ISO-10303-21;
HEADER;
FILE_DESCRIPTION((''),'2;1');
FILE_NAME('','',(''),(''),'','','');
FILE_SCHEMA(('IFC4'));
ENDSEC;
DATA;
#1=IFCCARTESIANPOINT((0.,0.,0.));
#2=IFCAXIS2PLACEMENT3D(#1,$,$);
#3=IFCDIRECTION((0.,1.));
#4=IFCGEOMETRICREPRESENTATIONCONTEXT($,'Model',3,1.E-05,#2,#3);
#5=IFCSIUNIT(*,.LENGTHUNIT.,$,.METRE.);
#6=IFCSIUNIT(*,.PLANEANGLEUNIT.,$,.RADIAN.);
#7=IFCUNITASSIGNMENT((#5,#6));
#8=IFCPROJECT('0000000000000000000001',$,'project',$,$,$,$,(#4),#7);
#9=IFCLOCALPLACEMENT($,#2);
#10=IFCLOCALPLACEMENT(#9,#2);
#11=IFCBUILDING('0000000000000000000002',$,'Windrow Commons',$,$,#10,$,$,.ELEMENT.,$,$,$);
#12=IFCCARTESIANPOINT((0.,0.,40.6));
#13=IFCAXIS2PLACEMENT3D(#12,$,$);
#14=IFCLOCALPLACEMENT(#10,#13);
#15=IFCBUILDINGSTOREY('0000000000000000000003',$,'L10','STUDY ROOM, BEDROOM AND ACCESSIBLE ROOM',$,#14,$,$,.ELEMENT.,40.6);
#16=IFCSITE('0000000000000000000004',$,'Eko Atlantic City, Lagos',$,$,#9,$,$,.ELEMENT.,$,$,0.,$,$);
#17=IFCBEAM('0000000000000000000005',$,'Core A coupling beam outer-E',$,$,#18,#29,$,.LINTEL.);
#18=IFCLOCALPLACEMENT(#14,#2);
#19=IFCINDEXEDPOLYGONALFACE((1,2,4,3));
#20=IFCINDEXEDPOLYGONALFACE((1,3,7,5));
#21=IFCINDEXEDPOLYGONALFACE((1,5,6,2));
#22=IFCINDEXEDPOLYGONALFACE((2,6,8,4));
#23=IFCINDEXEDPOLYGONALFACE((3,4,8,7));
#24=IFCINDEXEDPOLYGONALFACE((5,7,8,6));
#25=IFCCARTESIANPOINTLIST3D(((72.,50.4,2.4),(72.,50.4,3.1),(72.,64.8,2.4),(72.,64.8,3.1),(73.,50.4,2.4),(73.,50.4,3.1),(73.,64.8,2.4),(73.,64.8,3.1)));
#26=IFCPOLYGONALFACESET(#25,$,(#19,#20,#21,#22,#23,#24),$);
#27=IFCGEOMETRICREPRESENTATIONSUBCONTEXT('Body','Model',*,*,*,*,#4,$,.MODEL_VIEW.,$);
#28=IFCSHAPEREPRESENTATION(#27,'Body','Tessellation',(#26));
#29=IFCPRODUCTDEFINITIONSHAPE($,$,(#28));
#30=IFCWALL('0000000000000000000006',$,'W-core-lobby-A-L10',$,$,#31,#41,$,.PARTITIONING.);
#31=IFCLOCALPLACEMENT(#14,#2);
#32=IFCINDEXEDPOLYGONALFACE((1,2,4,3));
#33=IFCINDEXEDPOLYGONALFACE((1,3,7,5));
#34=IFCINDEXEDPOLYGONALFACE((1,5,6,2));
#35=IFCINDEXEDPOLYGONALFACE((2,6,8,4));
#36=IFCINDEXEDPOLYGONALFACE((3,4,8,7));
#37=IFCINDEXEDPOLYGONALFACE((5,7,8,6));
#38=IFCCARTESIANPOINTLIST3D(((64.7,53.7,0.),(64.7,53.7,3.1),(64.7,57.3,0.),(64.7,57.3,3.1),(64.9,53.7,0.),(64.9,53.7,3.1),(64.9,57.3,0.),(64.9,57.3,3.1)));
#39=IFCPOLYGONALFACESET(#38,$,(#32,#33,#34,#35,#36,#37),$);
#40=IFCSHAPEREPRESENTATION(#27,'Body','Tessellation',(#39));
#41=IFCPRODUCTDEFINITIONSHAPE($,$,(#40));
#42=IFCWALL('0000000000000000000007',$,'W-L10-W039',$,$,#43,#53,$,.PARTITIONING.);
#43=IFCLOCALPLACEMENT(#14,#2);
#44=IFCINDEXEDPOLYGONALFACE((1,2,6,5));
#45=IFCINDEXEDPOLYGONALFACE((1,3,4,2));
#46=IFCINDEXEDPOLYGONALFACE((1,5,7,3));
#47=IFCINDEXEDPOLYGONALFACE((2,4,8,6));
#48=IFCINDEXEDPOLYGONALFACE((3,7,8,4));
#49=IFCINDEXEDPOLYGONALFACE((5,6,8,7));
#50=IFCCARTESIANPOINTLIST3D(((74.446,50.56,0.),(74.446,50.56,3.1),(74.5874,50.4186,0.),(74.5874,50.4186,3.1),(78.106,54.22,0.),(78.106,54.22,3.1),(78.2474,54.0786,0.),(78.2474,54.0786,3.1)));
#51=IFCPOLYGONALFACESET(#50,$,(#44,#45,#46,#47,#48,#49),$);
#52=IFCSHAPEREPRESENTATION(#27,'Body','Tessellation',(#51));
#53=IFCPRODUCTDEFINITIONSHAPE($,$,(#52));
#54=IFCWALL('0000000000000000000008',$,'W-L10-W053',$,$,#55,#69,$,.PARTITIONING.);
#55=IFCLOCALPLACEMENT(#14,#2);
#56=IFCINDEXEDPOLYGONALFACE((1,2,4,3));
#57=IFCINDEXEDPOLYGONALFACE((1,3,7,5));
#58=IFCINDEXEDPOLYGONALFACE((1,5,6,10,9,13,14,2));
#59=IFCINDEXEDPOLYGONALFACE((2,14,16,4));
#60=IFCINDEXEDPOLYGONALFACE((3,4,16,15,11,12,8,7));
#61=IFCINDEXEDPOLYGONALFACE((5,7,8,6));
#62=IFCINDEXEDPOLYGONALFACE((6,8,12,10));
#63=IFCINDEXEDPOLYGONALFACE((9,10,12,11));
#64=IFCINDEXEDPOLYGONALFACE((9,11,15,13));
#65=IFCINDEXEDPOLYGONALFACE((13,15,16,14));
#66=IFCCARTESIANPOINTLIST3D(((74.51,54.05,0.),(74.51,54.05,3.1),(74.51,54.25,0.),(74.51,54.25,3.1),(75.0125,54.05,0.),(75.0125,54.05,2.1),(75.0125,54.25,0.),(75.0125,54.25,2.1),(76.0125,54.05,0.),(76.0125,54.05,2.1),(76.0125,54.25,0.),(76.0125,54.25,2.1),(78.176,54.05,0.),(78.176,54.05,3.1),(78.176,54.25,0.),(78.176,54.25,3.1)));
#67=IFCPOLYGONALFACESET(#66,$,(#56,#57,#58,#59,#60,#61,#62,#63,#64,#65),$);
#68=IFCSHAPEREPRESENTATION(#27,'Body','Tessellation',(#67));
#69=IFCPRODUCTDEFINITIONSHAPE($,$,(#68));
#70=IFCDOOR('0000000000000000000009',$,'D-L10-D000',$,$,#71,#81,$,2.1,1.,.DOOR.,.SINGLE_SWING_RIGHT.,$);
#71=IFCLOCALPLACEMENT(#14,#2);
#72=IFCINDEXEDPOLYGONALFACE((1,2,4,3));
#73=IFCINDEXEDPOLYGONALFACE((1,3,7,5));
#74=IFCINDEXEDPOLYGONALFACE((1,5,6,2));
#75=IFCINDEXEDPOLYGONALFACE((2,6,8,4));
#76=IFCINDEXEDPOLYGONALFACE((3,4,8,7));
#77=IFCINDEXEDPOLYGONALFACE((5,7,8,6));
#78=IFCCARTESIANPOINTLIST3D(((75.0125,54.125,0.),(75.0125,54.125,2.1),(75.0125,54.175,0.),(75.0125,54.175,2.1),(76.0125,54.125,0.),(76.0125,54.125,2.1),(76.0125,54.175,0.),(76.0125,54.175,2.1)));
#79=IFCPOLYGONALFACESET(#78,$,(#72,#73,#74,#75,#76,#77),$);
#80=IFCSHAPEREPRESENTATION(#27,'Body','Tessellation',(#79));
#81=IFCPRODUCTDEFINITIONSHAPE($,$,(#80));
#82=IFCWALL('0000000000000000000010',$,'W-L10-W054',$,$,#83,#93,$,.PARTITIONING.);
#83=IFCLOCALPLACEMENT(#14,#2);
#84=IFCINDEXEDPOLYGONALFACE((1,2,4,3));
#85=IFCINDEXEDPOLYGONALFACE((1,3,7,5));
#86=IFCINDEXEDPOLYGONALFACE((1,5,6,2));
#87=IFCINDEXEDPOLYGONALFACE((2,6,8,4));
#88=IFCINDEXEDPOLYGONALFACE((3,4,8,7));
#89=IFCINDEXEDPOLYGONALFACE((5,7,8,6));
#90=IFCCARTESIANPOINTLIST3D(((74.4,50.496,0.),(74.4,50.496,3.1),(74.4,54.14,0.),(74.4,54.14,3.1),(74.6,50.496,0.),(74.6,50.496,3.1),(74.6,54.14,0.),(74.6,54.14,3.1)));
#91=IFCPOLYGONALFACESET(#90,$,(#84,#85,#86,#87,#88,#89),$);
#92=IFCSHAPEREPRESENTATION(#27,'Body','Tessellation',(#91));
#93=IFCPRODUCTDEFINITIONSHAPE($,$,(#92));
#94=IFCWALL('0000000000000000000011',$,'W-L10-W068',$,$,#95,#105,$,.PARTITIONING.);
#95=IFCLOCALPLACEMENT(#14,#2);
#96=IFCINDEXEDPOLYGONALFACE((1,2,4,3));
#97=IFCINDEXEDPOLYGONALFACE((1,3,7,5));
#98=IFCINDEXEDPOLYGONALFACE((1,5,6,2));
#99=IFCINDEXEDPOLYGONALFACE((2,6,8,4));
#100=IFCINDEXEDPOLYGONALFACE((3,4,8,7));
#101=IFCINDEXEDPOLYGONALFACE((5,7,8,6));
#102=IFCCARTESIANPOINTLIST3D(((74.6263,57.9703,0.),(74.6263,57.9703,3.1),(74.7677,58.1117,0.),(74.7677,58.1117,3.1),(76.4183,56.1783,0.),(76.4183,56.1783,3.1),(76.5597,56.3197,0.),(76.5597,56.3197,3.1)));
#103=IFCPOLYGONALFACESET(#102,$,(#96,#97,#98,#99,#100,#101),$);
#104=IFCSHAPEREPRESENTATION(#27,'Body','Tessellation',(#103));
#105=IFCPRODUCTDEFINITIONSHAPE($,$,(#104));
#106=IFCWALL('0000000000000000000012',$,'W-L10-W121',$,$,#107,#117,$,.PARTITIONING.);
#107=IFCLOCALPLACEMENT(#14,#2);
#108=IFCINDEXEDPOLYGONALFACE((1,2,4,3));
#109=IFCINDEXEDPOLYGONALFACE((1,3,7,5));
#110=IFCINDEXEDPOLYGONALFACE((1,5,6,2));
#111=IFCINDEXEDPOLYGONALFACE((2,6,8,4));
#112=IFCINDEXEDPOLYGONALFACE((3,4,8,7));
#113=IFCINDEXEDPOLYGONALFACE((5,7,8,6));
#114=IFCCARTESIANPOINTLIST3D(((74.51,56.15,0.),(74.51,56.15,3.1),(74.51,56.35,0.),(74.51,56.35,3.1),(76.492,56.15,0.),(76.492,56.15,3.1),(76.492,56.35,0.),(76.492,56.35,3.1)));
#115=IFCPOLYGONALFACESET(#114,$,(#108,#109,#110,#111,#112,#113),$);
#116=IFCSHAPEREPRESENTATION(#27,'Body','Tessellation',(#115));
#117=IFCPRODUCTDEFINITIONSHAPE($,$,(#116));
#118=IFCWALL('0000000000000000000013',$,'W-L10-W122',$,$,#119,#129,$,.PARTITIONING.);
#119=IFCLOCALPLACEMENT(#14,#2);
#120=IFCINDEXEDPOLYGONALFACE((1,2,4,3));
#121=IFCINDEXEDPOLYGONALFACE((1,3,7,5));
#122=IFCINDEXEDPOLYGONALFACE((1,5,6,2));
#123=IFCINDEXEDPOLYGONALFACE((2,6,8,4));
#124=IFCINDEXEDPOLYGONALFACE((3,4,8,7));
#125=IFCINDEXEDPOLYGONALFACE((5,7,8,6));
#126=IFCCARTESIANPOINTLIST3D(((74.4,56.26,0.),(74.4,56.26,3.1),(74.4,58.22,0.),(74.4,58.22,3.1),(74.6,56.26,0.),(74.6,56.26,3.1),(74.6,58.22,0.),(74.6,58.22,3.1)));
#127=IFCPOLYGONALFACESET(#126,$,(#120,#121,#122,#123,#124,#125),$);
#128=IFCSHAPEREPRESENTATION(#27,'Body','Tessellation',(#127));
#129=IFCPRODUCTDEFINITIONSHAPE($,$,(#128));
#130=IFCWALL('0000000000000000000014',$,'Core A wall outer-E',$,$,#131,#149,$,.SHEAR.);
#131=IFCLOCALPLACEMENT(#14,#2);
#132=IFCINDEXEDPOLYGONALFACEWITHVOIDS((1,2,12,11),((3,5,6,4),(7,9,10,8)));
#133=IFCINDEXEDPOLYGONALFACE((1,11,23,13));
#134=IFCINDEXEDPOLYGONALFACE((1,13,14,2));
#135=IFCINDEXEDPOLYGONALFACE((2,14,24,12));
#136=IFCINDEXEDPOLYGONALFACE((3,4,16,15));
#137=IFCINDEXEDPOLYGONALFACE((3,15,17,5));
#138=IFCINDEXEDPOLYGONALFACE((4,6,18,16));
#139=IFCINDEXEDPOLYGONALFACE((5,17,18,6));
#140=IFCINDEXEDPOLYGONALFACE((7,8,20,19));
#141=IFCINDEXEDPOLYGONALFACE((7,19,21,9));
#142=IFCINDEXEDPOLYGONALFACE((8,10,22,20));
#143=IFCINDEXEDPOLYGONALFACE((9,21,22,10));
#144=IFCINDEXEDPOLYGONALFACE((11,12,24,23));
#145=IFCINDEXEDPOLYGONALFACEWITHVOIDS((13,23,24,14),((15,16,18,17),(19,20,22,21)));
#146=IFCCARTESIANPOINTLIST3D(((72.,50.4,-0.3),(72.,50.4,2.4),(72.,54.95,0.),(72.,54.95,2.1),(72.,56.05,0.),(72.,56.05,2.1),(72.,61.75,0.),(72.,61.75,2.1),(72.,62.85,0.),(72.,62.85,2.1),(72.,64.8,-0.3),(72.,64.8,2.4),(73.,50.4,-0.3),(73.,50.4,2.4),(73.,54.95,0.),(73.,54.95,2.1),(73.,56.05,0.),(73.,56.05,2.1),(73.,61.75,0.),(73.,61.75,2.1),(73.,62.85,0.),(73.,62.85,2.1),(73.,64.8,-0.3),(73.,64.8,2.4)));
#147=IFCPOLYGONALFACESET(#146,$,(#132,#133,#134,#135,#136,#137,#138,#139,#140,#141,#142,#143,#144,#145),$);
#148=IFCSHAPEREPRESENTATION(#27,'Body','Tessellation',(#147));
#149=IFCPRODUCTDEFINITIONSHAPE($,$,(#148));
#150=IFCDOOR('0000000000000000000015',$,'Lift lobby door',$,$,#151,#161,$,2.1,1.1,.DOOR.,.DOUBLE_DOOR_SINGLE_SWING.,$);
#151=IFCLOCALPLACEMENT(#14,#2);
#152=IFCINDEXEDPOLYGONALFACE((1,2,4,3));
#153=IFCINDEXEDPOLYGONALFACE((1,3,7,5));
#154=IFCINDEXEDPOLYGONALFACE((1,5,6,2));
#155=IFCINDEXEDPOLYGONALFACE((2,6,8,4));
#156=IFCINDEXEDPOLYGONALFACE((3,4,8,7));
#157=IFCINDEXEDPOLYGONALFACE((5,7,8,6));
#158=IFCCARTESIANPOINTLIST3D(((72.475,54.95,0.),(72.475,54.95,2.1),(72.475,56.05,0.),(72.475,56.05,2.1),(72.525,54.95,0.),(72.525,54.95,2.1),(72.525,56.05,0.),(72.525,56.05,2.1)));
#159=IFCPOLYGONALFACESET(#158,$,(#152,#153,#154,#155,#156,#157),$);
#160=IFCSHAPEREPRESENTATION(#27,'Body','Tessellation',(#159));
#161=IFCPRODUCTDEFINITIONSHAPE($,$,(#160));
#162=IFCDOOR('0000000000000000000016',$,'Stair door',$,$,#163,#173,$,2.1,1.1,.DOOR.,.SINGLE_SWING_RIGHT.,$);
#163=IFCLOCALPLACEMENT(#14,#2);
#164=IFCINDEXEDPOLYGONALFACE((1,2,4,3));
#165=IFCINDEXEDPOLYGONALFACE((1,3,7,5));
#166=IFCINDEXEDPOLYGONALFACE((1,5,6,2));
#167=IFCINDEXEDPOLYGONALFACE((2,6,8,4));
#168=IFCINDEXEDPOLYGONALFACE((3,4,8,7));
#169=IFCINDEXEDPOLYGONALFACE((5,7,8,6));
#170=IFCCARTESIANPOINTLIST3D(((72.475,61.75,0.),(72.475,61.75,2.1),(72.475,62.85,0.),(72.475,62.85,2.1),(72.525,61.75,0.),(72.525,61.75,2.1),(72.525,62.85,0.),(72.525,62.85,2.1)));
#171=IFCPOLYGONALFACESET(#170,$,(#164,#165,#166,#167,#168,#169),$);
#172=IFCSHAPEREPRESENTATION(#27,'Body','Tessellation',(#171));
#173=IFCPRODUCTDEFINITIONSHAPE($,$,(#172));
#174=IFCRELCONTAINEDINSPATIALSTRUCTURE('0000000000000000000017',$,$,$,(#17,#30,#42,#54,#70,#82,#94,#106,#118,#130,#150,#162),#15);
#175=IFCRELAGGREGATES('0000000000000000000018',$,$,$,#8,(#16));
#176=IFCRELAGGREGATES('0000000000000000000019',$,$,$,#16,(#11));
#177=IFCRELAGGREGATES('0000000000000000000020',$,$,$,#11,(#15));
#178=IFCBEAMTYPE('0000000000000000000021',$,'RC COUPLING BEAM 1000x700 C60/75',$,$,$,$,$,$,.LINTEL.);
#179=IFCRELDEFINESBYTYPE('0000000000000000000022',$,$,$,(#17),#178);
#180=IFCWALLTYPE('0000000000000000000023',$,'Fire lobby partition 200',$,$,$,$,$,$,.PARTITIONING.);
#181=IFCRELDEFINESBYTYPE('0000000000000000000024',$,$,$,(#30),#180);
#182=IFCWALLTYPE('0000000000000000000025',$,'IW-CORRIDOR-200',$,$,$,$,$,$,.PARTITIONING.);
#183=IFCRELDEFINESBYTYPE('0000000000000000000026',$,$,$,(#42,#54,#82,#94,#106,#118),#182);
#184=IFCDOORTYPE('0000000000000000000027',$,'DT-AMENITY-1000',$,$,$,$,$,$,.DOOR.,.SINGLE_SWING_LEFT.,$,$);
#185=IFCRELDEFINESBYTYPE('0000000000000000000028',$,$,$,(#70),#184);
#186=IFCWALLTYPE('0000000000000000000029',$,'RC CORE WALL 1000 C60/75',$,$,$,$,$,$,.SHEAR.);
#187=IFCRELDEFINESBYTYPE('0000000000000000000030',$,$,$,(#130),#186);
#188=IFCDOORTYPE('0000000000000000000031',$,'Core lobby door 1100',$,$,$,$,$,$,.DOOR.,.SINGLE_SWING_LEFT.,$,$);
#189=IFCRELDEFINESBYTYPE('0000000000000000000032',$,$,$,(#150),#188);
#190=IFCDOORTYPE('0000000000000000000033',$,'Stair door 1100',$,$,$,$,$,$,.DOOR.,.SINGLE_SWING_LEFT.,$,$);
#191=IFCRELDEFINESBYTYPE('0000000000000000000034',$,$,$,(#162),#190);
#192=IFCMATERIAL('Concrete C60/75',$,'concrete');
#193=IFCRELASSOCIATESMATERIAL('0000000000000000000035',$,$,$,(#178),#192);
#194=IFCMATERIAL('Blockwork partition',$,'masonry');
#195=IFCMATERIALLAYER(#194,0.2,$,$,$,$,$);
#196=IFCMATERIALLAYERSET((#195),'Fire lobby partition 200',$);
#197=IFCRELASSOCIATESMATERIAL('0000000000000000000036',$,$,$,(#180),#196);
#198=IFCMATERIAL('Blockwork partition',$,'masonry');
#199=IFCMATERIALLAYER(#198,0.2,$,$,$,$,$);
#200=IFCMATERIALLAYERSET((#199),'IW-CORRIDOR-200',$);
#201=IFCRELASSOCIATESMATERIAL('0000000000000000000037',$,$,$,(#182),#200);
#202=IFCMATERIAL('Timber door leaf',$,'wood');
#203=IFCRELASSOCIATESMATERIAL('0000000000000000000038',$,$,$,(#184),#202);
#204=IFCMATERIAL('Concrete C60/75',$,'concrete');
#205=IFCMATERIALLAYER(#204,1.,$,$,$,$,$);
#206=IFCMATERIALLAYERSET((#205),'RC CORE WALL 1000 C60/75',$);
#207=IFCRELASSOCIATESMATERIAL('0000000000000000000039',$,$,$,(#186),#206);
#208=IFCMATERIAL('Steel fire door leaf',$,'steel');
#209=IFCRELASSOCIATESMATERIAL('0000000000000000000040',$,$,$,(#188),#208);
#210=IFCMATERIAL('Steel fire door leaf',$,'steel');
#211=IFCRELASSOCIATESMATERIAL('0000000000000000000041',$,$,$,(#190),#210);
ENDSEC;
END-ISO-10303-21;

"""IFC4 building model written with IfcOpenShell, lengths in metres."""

from ifc_helpers import new_model, si_unit, direction, frame, frame_2d, origin, origin_2d, place, context, subcontext, project, spatial, rectangle, extrude, material, layer, layer_set, material_profile, profile_set, type_object, element, fill, save


model = new_model("IFC4")

# Units and contexts
model_context = context("Model", 3, precision=1e-05, world=origin(), true_north=direction((0.0, 1.0)))
body_context = subcontext(model_context, "Body", "Model", "MODEL_VIEW")
ifc_project = project(units=[si_unit("LENGTHUNIT", "METRE"), si_unit("PLANEANGLEUNIT", "RADIAN")], contexts=[model_context])

# Site, building, storey
site_placement = place(None, origin())
site = spatial("IfcSite", under=ifc_project, at=site_placement, Name="Eko Atlantic City, Lagos", CompositionType="ELEMENT", RefElevation=0.0)
building_placement = place(site_placement, origin())
building = spatial("IfcBuilding", under=site, at=building_placement, Name="Windrow Commons", CompositionType="ELEMENT")
storey_placement = place(building_placement, frame((0.0, 0.0, 40.6)))
storey = spatial("IfcBuildingStorey", under=building, at=storey_placement, Name="L10", Description="STUDY ROOM, BEDROOM AND ACCESSIBLE ROOM", CompositionType="ELEMENT", Elevation=40.6)

# Beam
ifc_material_1 = material(Name="Concrete C60/75", Category="concrete")
ifc_material_profile = material_profile(ifc_material_1, rectangle(XDim=1.0, YDim=0.7, at=origin_2d()))
ifc_profile_set = profile_set([ifc_material_profile], Name="Concrete C60/75")
beam_type = type_object("IfcBeamType", Name="RC COUPLING BEAM 1000x700 C60/75", PredefinedType="LINTEL", material=ifc_profile_set)
beam_placement = place(storey_placement, frame((72.5, 50.4, 2.75), z_axis=(0.0, 1.0, 0.0), x_axis=(-1.0, 0.0, 0.0)))
element("IfcBeam", 1, at=beam_placement, inside=storey, type_object=beam_type, Name="Core A coupling beam outer-E", PredefinedType="LINTEL", context=body_context, shape_type="SweptSolid", body=[
    extrude(rectangle(XDim=1.0, YDim=0.7, at=origin_2d()), origin(), (0.0, 0.0, 1.0), 14.4),
])

# Walls
ifc_material_2 = material(Name="Blockwork partition", Category="masonry")
ifc_layer_1 = layer(ifc_material_2, 0.2)
ifc_layer_set_1 = layer_set([ifc_layer_1], Name="Fire lobby partition 200")
wall_type_1 = type_object("IfcWallType", Name="Fire lobby partition 200", PredefinedType="PARTITIONING", material=ifc_layer_set_1)
wall_1_placement = place(storey_placement, frame((64.8, 53.7, 0.0), z_axis=(0.0, 0.0, 1.0), x_axis=(0.0, 1.0, 0.0)))
element("IfcWall", 2, at=wall_1_placement, inside=storey, type_object=wall_type_1, Name="W-core-lobby-A-L10", PredefinedType="PARTITIONING", context=body_context, shape_type="SweptSolid", body=[
    extrude(rectangle(XDim=3.6, YDim=0.2, at=frame_2d((1.8, 0.0))), origin(), (0.0, 0.0, 1.0), 3.1),
])
ifc_material_3 = material(Name="Blockwork partition", Category="masonry")
ifc_layer_2 = layer(ifc_material_3, 0.2)
ifc_layer_set_2 = layer_set([ifc_layer_2], Name="IW-CORRIDOR-200")
wall_type_2 = type_object("IfcWallType", Name="IW-CORRIDOR-200", PredefinedType="PARTITIONING", material=ifc_layer_set_2)
wall_2_placement = place(storey_placement, frame((74.5167, 50.4893, 0.0), z_axis=(0.0, 0.0, 1.0), x_axis=(0.707107, 0.707107, 0.0)))
element("IfcWall", 3, at=wall_2_placement, inside=storey, type_object=wall_type_2, Name="W-L10-W039", PredefinedType="PARTITIONING", context=body_context, shape_type="SweptSolid", body=[
    extrude(rectangle(XDim=5.176, YDim=0.2, at=frame_2d((2.588, 0.0))), origin(), (0.0, 0.0, 1.0), 3.1),
])

# Wall, opening, door
wall_3_placement = place(storey_placement, frame((74.51, 54.15, 0.0), z_axis=(0.0, 0.0, 1.0), x_axis=(1.0, 0.0, 0.0)))
wall_3 = element("IfcWall", 4, at=wall_3_placement, inside=storey, type_object=wall_type_2, Name="W-L10-W053", PredefinedType="PARTITIONING", context=body_context, shape_type="SweptSolid", body=[
    extrude(rectangle(XDim=3.666, YDim=0.2, at=frame_2d((1.833, 0.0))), origin(), (0.0, 0.0, 1.0), 3.1),
])
opening_1_placement = place(wall_3_placement, frame((0.5025, 0.0, 0.0)))
opening_1 = element("IfcOpeningElement", 5, at=opening_1_placement, cuts=wall_3, PredefinedType="OPENING", context=body_context, shape_type="SweptSolid", body=[
    extrude(rectangle(XDim=1.0, YDim=2.1, at=frame_2d((0.5, 1.05))), frame((0.0, 0.11, 0.0), z_axis=(0.0, -1.0, 0.0), x_axis=(1.0, 0.0, 0.0)), (0.0, 0.0, 1.0), 0.22),
])
ifc_material_4 = material(Name="Timber door leaf", Category="wood")
door_type_1 = type_object("IfcDoorType", Name="DT-AMENITY-1000", OperationType="SINGLE_SWING_LEFT", PredefinedType="DOOR", material=ifc_material_4)
door_1_placement = place(opening_1_placement, origin())
door_1 = element("IfcDoor", 6, at=door_1_placement, inside=storey, type_object=door_type_1, Name="D-L10-D000", OperationType="SINGLE_SWING_RIGHT", OverallHeight=2.1, OverallWidth=1.0, PredefinedType="DOOR", context=body_context, shape_type="SweptSolid", body=[
    extrude(rectangle(XDim=1.0, YDim=2.1, at=frame_2d((0.5, 1.05))), frame((0.0, 0.025, 0.0), z_axis=(0.0, -1.0, 0.0), x_axis=(1.0, 0.0, 0.0)), (0.0, 0.0, 1.0), 0.05),
])
fill(opening_1, door_1)

# Walls
wall_4_placement = place(storey_placement, frame((74.5, 50.496, 0.0), z_axis=(0.0, 0.0, 1.0), x_axis=(0.0, 1.0, 0.0)))
element("IfcWall", 7, at=wall_4_placement, inside=storey, type_object=wall_type_2, Name="W-L10-W054", PredefinedType="PARTITIONING", context=body_context, shape_type="SweptSolid", body=[
    extrude(rectangle(XDim=3.644, YDim=0.2, at=frame_2d((1.822, 0.0))), origin(), (0.0, 0.0, 1.0), 3.1),
])
wall_5_placement = place(storey_placement, frame((74.697, 58.041, 0.0), z_axis=(0.0, 0.0, 1.0), x_axis=(0.707107, -0.707107, 0.0)))
element("IfcWall", 8, at=wall_5_placement, inside=storey, type_object=wall_type_2, Name="W-L10-W068", PredefinedType="PARTITIONING", context=body_context, shape_type="SweptSolid", body=[
    extrude(rectangle(XDim=2.5343, YDim=0.2, at=frame_2d((1.2671, 0.0))), origin(), (0.0, 0.0, 1.0), 3.1),
])
wall_6_placement = place(storey_placement, frame((74.51, 56.25, 0.0), z_axis=(0.0, 0.0, 1.0), x_axis=(1.0, 0.0, 0.0)))
element("IfcWall", 9, at=wall_6_placement, inside=storey, type_object=wall_type_2, Name="W-L10-W121", PredefinedType="PARTITIONING", context=body_context, shape_type="SweptSolid", body=[
    extrude(rectangle(XDim=1.982, YDim=0.2, at=frame_2d((0.991, 0.0))), origin(), (0.0, 0.0, 1.0), 3.1),
])
wall_7_placement = place(storey_placement, frame((74.5, 56.26, 0.0), z_axis=(0.0, 0.0, 1.0), x_axis=(0.0, 1.0, 0.0)))
element("IfcWall", 10, at=wall_7_placement, inside=storey, type_object=wall_type_2, Name="W-L10-W122", PredefinedType="PARTITIONING", context=body_context, shape_type="SweptSolid", body=[
    extrude(rectangle(XDim=1.96, YDim=0.2, at=frame_2d((0.98, 0.0))), origin(), (0.0, 0.0, 1.0), 3.1),
])

# Wall, openings, doors
ifc_material_5 = material(Name="Concrete C60/75", Category="concrete")
ifc_layer_3 = layer(ifc_material_5, 1.0)
ifc_layer_set_3 = layer_set([ifc_layer_3], Name="RC CORE WALL 1000 C60/75")
wall_type_3 = type_object("IfcWallType", Name="RC CORE WALL 1000 C60/75", PredefinedType="SHEAR", material=ifc_layer_set_3)
wall_8_placement = place(storey_placement, frame((72.5, 50.4, -0.3), z_axis=(0.0, 0.0, 1.0), x_axis=(0.0, 1.0, 0.0)))
wall_8 = element("IfcWall", 11, at=wall_8_placement, inside=storey, type_object=wall_type_3, Name="Core A wall outer-E", PredefinedType="SHEAR", context=body_context, shape_type="SweptSolid", body=[
    extrude(rectangle(XDim=14.4, YDim=1.0, at=frame_2d((7.2, 0.0))), origin(), (0.0, 0.0, 1.0), 2.7),
])
opening_2_placement = place(wall_8_placement, frame((4.55, 0.0, 0.3)))
opening_2 = element("IfcOpeningElement", 12, at=opening_2_placement, cuts=wall_8, PredefinedType="OPENING", context=body_context, shape_type="SweptSolid", body=[
    extrude(rectangle(XDim=1.1, YDim=2.1, at=frame_2d((0.55, 1.05))), frame((0.0, 0.51, 0.0), z_axis=(0.0, -1.0, 0.0), x_axis=(1.0, 0.0, 0.0)), (0.0, 0.0, 1.0), 1.02),
])
opening_3_placement = place(wall_8_placement, frame((11.35, 0.0, 0.3)))
opening_3 = element("IfcOpeningElement", 13, at=opening_3_placement, cuts=wall_8, PredefinedType="OPENING", context=body_context, shape_type="SweptSolid", body=[
    extrude(rectangle(XDim=1.1, YDim=2.1, at=frame_2d((0.55, 1.05))), frame((0.0, 0.51, 0.0), z_axis=(0.0, -1.0, 0.0), x_axis=(1.0, 0.0, 0.0)), (0.0, 0.0, 1.0), 1.02),
])
ifc_material_6 = material(Name="Steel fire door leaf", Category="steel")
door_type_2 = type_object("IfcDoorType", Name="Core lobby door 1100", OperationType="SINGLE_SWING_LEFT", PredefinedType="DOOR", material=ifc_material_6)
door_2_placement = place(opening_2_placement, origin())
door_2 = element("IfcDoor", 14, at=door_2_placement, inside=storey, type_object=door_type_2, Name="Lift lobby door", OperationType="DOUBLE_DOOR_SINGLE_SWING", OverallHeight=2.1, OverallWidth=1.1, PredefinedType="DOOR", context=body_context, shape_type="SweptSolid", body=[
    extrude(rectangle(XDim=1.1, YDim=2.1, at=frame_2d((0.55, 1.05))), frame((0.0, 0.025, 0.0), z_axis=(0.0, -1.0, 0.0), x_axis=(1.0, 0.0, 0.0)), (0.0, 0.0, 1.0), 0.05),
])
fill(opening_2, door_2)
ifc_material_7 = material(Name="Steel fire door leaf", Category="steel")
door_type_3 = type_object("IfcDoorType", Name="Stair door 1100", OperationType="SINGLE_SWING_LEFT", PredefinedType="DOOR", material=ifc_material_7)
door_3_placement = place(opening_3_placement, origin())
door_3 = element("IfcDoor", 15, at=door_3_placement, inside=storey, type_object=door_type_3, Name="Stair door", OperationType="SINGLE_SWING_RIGHT", OverallHeight=2.1, OverallWidth=1.1, PredefinedType="DOOR", context=body_context, shape_type="SweptSolid", body=[
    extrude(rectangle(XDim=1.1, YDim=2.1, at=frame_2d((0.55, 1.05))), frame((0.0, 0.025, 0.0), z_axis=(0.0, -1.0, 0.0), x_axis=(1.0, 0.0, 0.0)), (0.0, 0.0, 1.0), 0.05),
])
fill(opening_3, door_3)

save(model, "model.ifc")
